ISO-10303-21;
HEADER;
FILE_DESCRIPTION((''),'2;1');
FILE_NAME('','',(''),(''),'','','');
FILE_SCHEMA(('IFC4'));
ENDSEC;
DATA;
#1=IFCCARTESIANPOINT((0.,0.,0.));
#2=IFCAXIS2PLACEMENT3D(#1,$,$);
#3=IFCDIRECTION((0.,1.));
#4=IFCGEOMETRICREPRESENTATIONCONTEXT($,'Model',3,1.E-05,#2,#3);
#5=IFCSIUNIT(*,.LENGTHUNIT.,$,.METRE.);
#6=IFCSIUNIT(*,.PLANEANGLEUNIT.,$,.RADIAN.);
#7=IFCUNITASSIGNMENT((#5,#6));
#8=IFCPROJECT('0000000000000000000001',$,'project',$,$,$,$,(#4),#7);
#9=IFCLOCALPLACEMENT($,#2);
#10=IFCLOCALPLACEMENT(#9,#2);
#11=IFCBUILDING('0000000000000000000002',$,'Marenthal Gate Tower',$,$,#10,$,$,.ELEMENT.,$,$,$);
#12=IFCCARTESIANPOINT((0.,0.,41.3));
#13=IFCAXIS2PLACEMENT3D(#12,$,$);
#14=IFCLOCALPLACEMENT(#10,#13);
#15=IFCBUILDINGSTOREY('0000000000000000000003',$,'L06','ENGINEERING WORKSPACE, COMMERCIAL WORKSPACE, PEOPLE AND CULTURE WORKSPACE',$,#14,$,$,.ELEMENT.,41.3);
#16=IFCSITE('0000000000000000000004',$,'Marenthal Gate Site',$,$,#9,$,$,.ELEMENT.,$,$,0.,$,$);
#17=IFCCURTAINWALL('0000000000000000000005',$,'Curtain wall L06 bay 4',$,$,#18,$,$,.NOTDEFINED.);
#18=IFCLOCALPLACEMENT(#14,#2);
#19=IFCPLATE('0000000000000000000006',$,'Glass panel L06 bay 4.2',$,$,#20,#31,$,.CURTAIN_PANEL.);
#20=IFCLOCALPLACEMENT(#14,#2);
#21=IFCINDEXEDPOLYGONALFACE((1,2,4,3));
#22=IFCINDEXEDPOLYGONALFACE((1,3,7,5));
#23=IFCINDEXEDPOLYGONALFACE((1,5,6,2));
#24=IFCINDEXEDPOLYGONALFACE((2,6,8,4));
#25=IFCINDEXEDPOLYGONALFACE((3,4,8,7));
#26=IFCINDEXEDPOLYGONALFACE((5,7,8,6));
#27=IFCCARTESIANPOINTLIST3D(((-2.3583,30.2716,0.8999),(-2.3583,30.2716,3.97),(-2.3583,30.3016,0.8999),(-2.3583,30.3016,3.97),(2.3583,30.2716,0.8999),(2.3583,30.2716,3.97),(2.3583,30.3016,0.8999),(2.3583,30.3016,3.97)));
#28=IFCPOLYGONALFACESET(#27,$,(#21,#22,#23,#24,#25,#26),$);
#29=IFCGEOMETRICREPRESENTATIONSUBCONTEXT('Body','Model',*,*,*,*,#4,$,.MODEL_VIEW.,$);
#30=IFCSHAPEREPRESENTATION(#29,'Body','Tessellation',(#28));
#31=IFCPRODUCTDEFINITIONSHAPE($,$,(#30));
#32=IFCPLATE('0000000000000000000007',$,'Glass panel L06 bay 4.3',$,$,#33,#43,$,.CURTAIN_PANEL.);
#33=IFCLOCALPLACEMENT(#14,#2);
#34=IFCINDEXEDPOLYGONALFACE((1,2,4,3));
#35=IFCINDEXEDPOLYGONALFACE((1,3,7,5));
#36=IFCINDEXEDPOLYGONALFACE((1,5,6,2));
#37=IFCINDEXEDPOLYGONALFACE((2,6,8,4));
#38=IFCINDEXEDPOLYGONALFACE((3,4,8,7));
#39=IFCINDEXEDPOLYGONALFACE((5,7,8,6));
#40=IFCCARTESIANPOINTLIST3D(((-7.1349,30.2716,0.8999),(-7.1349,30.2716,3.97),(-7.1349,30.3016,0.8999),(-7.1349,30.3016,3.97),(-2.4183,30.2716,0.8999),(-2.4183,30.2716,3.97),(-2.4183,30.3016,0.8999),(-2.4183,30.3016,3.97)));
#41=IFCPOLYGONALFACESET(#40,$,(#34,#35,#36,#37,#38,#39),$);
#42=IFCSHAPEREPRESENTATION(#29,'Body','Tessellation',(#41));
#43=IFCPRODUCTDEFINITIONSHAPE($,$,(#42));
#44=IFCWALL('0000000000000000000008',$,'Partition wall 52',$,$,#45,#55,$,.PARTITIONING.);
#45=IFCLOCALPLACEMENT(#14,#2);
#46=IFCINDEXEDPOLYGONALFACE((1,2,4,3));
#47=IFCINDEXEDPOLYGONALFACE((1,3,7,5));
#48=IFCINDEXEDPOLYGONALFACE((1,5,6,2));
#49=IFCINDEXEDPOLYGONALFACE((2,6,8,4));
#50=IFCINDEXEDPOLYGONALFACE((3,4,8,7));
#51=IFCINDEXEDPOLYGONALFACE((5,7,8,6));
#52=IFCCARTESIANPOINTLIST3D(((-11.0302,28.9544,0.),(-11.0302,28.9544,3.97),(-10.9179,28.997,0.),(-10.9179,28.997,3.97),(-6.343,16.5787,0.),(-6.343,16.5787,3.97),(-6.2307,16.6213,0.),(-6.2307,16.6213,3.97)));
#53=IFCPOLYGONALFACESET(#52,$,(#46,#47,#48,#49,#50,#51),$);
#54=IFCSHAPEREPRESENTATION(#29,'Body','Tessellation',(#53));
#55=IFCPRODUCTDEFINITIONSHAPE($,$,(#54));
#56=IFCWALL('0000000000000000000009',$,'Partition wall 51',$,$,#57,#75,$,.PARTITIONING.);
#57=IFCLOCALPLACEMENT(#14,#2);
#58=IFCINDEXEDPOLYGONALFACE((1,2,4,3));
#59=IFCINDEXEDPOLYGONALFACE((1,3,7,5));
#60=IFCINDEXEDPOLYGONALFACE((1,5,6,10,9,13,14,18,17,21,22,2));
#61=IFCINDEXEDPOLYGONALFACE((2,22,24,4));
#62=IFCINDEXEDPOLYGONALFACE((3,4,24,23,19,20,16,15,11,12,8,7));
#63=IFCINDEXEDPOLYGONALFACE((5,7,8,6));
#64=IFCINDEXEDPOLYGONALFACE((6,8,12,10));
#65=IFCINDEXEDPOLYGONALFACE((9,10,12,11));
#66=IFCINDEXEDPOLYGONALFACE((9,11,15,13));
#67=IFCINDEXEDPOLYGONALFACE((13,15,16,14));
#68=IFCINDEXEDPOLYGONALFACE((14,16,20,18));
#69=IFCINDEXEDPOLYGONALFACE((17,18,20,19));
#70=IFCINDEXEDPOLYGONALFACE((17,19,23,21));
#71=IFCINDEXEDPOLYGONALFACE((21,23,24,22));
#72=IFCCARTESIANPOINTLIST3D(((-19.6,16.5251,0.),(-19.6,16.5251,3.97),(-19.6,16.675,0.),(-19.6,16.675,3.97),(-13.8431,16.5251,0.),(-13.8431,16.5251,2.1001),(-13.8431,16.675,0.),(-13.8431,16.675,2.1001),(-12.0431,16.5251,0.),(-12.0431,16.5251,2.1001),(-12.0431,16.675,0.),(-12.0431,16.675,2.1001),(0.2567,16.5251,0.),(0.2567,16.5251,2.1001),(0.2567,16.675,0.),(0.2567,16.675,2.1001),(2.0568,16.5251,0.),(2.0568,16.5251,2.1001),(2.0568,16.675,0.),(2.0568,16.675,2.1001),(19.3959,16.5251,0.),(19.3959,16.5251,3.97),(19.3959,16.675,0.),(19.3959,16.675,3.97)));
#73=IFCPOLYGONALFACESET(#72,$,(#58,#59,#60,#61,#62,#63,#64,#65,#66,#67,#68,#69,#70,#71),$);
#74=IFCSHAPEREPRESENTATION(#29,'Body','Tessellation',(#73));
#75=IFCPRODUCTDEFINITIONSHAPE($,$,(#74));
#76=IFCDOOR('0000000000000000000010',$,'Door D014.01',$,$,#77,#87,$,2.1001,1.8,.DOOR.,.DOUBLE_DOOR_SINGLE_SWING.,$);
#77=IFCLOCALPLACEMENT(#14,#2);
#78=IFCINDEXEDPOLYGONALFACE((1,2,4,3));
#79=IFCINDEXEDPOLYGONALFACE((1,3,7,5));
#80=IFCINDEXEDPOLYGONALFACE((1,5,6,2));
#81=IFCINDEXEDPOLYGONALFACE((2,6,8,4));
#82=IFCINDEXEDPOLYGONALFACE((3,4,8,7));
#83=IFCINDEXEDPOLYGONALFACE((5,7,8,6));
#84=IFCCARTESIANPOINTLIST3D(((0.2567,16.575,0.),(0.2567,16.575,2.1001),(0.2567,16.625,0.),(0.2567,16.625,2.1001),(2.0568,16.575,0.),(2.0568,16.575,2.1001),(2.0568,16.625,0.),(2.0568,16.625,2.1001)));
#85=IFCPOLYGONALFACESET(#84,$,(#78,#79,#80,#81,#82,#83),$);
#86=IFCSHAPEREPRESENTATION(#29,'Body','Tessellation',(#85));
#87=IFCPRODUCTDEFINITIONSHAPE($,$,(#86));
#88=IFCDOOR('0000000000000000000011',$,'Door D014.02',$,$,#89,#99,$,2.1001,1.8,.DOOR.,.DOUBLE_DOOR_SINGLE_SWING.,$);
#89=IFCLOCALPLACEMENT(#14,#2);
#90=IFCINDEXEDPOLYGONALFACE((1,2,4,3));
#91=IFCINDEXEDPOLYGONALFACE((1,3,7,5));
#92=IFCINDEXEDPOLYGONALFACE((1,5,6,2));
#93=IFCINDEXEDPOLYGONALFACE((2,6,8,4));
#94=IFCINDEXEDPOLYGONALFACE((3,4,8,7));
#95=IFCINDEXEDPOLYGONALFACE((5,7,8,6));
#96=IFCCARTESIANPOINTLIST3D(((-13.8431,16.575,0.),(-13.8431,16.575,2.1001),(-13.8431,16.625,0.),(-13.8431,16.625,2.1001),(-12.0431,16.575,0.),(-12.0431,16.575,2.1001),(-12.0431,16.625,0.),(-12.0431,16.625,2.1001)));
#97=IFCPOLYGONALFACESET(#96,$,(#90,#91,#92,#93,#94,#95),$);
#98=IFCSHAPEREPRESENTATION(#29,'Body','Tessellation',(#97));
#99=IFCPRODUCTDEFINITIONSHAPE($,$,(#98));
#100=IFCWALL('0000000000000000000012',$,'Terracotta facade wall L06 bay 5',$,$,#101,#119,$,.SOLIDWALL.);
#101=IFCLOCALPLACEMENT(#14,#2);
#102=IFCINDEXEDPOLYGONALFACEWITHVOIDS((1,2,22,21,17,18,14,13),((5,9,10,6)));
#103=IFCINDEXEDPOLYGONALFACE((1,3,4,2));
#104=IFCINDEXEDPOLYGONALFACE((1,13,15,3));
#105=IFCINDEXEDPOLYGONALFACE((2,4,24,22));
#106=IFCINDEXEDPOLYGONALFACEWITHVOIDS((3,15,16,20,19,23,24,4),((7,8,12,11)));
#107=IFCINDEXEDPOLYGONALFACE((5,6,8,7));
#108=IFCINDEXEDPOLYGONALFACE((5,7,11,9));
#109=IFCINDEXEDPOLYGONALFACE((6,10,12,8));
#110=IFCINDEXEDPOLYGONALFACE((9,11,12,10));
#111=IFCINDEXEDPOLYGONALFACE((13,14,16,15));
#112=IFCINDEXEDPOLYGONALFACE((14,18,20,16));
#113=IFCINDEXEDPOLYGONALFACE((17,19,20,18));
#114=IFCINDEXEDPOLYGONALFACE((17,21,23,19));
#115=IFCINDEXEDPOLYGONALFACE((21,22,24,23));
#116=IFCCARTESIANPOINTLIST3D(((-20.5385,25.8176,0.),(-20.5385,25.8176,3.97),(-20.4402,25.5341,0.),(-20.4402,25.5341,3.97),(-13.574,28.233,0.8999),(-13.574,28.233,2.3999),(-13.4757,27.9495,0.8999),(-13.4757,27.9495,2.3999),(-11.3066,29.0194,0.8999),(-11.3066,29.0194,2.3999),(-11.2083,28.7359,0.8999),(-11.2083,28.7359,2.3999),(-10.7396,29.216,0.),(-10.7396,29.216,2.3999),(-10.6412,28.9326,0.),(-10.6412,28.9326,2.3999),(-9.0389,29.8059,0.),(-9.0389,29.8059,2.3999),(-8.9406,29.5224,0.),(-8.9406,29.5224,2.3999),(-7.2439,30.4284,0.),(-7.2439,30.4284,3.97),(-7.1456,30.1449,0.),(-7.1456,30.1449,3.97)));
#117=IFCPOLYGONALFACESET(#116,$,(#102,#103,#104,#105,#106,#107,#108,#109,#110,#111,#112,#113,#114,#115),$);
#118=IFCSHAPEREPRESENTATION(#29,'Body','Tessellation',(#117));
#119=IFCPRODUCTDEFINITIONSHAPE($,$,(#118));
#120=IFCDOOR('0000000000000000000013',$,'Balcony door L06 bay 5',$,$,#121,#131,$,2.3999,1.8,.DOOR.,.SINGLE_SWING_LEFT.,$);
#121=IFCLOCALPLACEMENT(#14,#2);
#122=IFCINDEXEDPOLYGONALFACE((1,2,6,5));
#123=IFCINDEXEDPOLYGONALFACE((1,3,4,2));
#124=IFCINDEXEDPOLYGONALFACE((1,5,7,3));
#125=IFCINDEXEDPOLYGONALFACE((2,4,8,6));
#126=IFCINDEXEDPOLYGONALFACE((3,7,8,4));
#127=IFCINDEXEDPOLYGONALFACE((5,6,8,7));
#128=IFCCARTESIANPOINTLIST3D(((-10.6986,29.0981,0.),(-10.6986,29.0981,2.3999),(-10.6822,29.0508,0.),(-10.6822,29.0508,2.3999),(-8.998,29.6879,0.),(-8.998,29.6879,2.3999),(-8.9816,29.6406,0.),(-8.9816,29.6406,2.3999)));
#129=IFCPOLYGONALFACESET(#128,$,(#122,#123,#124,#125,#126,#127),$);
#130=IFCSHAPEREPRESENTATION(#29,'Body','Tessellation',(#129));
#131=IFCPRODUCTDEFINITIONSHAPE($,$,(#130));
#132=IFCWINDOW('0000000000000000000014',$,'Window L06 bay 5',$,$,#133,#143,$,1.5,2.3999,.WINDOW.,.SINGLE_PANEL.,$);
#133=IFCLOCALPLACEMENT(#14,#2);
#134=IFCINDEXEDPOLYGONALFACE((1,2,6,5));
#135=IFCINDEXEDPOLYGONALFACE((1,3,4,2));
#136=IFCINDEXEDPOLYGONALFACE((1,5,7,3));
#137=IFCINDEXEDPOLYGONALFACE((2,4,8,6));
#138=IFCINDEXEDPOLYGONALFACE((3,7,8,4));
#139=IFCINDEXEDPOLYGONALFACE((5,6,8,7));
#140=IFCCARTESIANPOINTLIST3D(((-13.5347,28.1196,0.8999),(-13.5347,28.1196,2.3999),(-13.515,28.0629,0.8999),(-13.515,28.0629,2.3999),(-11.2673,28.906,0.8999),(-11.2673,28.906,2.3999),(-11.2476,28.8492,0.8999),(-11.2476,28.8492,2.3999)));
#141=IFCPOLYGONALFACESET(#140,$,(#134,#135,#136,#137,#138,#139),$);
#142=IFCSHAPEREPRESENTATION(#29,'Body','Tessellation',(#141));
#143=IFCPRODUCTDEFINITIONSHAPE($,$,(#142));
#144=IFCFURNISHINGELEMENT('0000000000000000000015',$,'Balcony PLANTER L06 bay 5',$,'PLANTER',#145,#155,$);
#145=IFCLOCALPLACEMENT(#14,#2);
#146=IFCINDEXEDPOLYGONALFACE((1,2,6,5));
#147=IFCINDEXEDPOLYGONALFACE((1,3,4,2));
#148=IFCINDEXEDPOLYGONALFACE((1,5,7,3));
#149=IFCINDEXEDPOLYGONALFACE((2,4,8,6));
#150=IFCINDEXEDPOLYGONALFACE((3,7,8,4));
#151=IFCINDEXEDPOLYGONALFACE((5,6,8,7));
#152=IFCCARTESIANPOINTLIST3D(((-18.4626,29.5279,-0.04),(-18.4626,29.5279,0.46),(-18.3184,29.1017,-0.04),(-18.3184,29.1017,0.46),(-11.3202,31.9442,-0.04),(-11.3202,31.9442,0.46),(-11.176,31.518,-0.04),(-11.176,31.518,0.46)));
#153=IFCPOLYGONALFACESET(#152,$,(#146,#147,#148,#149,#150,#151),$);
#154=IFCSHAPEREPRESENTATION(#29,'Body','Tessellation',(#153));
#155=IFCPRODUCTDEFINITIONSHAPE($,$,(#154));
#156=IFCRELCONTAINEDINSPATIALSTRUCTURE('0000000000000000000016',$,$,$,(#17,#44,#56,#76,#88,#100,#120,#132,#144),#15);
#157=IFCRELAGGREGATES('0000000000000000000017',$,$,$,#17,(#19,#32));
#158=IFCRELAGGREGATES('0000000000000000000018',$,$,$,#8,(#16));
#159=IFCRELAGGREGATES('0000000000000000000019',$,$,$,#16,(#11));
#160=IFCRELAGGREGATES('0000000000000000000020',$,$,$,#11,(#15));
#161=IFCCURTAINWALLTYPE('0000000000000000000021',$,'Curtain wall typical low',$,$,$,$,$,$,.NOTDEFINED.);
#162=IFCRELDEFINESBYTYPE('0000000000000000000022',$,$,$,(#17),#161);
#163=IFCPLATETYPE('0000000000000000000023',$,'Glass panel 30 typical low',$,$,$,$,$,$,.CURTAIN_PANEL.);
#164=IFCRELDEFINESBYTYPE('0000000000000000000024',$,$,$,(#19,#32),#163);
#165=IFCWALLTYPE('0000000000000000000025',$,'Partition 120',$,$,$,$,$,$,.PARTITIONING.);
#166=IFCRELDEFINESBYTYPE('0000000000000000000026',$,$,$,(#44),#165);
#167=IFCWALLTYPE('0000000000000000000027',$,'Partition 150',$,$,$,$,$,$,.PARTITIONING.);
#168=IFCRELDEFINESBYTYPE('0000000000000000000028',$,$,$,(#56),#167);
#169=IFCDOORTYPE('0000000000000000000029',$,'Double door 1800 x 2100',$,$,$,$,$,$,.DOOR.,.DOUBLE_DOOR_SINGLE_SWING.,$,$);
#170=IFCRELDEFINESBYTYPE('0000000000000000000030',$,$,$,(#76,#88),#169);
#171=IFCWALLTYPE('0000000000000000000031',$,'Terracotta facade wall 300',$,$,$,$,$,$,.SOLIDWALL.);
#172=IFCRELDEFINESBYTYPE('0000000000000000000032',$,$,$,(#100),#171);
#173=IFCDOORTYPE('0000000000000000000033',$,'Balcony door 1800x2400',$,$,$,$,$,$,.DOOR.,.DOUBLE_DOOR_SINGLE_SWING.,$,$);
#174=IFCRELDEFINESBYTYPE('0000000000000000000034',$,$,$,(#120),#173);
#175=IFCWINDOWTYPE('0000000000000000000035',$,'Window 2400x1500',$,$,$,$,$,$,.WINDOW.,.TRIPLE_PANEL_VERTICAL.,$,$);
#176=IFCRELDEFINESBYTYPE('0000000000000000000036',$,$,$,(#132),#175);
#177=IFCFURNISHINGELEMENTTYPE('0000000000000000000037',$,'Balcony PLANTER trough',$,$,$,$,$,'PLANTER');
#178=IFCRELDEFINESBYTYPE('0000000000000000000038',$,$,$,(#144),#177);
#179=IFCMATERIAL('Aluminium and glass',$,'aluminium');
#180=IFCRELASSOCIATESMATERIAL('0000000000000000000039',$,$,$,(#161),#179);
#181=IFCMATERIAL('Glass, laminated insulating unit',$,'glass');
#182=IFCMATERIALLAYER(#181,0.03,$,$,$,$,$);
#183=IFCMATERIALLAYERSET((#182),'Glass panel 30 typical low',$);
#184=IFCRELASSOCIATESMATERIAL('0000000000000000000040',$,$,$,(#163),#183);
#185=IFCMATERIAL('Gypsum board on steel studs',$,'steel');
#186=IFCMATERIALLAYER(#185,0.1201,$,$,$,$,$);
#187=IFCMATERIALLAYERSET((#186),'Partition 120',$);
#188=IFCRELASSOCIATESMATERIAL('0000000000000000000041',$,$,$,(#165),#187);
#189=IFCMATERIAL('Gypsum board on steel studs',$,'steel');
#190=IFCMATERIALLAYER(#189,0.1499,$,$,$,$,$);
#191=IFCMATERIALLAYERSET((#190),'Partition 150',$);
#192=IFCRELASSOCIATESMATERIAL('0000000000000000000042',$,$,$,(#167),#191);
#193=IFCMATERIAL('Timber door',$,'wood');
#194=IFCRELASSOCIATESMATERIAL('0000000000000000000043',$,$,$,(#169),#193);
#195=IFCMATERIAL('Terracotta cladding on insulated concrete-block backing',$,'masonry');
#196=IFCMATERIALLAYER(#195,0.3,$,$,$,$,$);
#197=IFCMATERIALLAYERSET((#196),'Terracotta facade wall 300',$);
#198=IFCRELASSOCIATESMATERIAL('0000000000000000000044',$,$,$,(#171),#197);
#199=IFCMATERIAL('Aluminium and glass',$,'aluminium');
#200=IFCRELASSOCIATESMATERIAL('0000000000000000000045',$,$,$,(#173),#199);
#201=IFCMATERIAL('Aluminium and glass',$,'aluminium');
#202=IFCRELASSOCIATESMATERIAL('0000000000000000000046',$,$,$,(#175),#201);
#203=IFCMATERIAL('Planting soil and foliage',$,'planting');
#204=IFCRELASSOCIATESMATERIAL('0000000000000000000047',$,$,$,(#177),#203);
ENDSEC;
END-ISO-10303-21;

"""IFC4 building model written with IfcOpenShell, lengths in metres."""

from ifc_helpers import new_model, si_unit, direction, frame, frame_2d, origin, origin_2d, place, context, subcontext, project, spatial, rectangle, extrude, material, layer, layer_set, type_object, element, fill, aggregate, save


model = new_model("IFC4")

# Units and contexts
model_context = context("Model", 3, precision=1e-05, world=origin(), true_north=direction((0.0, 1.0)))
body_context = subcontext(model_context, "Body", "Model", "MODEL_VIEW")
ifc_project = project(units=[si_unit("LENGTHUNIT", "METRE"), si_unit("PLANEANGLEUNIT", "RADIAN")], contexts=[model_context])

# Site, building, storey
site_placement = place(None, origin())
site = spatial("IfcSite", under=ifc_project, at=site_placement, Name="Marenthal Gate Site", CompositionType="ELEMENT", RefElevation=0.0)
building_placement = place(site_placement, origin())
building = spatial("IfcBuilding", under=site, at=building_placement, Name="Marenthal Gate Tower", CompositionType="ELEMENT")
storey_placement = place(building_placement, frame((0.0, 0.0, 41.3)))
storey = spatial("IfcBuildingStorey", under=building, at=storey_placement, Name="L06", Description="ENGINEERING WORKSPACE, COMMERCIAL WORKSPACE, PEOPLE AND CULTURE WORKSPACE", CompositionType="ELEMENT", Elevation=41.3)

# Curtain wall
ifc_material_1 = material(Name="Aluminium and glass", Category="aluminium")
curtain_wall_type = type_object("IfcCurtainWallType", Name="Curtain wall typical low", PredefinedType="NOTDEFINED", material=ifc_material_1)
curtain_wall_placement = place(storey_placement, origin())
curtain_wall = element("IfcCurtainWall", 1, at=curtain_wall_placement, inside=storey, type_object=curtain_wall_type, Name="Curtain wall L06 bay 4", PredefinedType="NOTDEFINED")

# Plates
ifc_material_2 = material(Name="Glass, laminated insulating unit", Category="glass")
ifc_layer_1 = layer(ifc_material_2, 0.03)
ifc_layer_set_1 = layer_set([ifc_layer_1], Name="Glass panel 30 typical low")
plate_type = type_object("IfcPlateType", Name="Glass panel 30 typical low", PredefinedType="CURTAIN_PANEL", material=ifc_layer_set_1)
plate_1_placement = place(storey_placement, frame((0.0, 30.2866, 0.8999), z_axis=(0.0, 0.0, 1.0), x_axis=(-1.0, 0.0, 0.0)))
plate_1 = element("IfcPlate", 2, at=plate_1_placement, type_object=plate_type, Name="Glass panel L06 bay 4.2", PredefinedType="CURTAIN_PANEL", context=body_context, shape_type="SweptSolid", body=[
    extrude(rectangle(XDim=4.7166, YDim=0.03, at=origin_2d()), origin(), (0.0, 0.0, 1.0), 3.0701),
])
plate_2_placement = place(storey_placement, frame((-4.7766, 30.2866, 0.8999), z_axis=(0.0, 0.0, 1.0), x_axis=(-1.0, 0.0, 0.0)))
plate_2 = element("IfcPlate", 3, at=plate_2_placement, type_object=plate_type, Name="Glass panel L06 bay 4.3", PredefinedType="CURTAIN_PANEL", context=body_context, shape_type="SweptSolid", body=[
    extrude(rectangle(XDim=4.7166, YDim=0.03, at=origin_2d()), origin(), (0.0, 0.0, 1.0), 3.0701),
])
aggregate(curtain_wall, [plate_1, plate_2])

# Wall
ifc_material_3 = material(Name="Gypsum board on steel studs", Category="steel")
ifc_layer_2 = layer(ifc_material_3, 0.1201)
ifc_layer_set_2 = layer_set([ifc_layer_2], Name="Partition 120")
wall_type_1 = type_object("IfcWallType", Name="Partition 120", PredefinedType="PARTITIONING", material=ifc_layer_set_2)
wall_1_placement = place(storey_placement, frame((-6.2869, 16.6001, 0.0), z_axis=(0.0, 0.0, 1.0), x_axis=(-0.354193, 0.935173, 0.0)))
element("IfcWall", 4, at=wall_1_placement, inside=storey, type_object=wall_type_1, Name="Partition wall 52", PredefinedType="PARTITIONING", context=body_context, shape_type="SweptSolid", body=[
    extrude(rectangle(XDim=13.2336, YDim=0.1201, at=frame_2d((6.6167, 0.0))), origin(), (0.0, 0.0, 1.0), 3.97),
])

# Wall, openings, doors
ifc_material_4 = material(Name="Gypsum board on steel studs", Category="steel")
ifc_layer_3 = layer(ifc_material_4, 0.1499)
ifc_layer_set_3 = layer_set([ifc_layer_3], Name="Partition 150")
wall_type_2 = type_object("IfcWallType", Name="Partition 150", PredefinedType="PARTITIONING", material=ifc_layer_set_3)
wall_2_placement = place(storey_placement, frame((-19.6001, 16.6001, 0.0), z_axis=(0.0, 0.0, 1.0), x_axis=(1.0, 0.0, 0.0)))
wall_2 = element("IfcWall", 5, at=wall_2_placement, inside=storey, type_object=wall_type_2, Name="Partition wall 51", PredefinedType="PARTITIONING", context=body_context, shape_type="SweptSolid", body=[
    extrude(rectangle(XDim=38.9958, YDim=0.1499, at=frame_2d((19.498, 0.0))), origin(), (0.0, 0.0, 1.0), 3.97),
])
opening_1_placement = place(wall_2_placement, frame((19.8569, 0.0, 0.0)))
opening_1 = element("IfcOpeningElement", 6, at=opening_1_placement, cuts=wall_2, PredefinedType="OPENING", context=body_context, shape_type="SweptSolid", body=[
    extrude(rectangle(XDim=1.8, YDim=2.1001, at=frame_2d((0.8999, 1.05))), frame((0.0, 0.085, 0.0), z_axis=(0.0, -1.0, 0.0), x_axis=(1.0, 0.0, 0.0)), (0.0, 0.0, 1.0), 0.1699),
])
opening_2_placement = place(wall_2_placement, frame((5.7571, 0.0, 0.0)))
opening_2 = element("IfcOpeningElement", 7, at=opening_2_placement, cuts=wall_2, PredefinedType="OPENING", context=body_context, shape_type="SweptSolid", body=[
    extrude(rectangle(XDim=1.8, YDim=2.1001, at=frame_2d((0.8999, 1.05))), frame((0.0, 0.085, 0.0), z_axis=(0.0, -1.0, 0.0), x_axis=(1.0, 0.0, 0.0)), (0.0, 0.0, 1.0), 0.1699),
])
ifc_material_5 = material(Name="Timber door", Category="wood")
door_type_1 = type_object("IfcDoorType", Name="Double door 1800 x 2100", OperationType="DOUBLE_DOOR_SINGLE_SWING", PredefinedType="DOOR", material=ifc_material_5)
door_1_placement = place(opening_1_placement, origin())
door_1 = element("IfcDoor", 8, at=door_1_placement, inside=storey, type_object=door_type_1, Name="Door D014.01", OperationType="DOUBLE_DOOR_SINGLE_SWING", OverallHeight=2.1001, OverallWidth=1.8, PredefinedType="DOOR", context=body_context, shape_type="SweptSolid", body=[
    extrude(rectangle(XDim=1.8, YDim=2.1001, at=frame_2d((0.8999, 1.05))), frame((0.0, 0.0249, 0.0), z_axis=(0.0, -1.0, 0.0), x_axis=(1.0, 0.0, 0.0)), (0.0, 0.0, 1.0), 0.05),
])
fill(opening_1, door_1)
door_2_placement = place(opening_2_placement, origin())
door_2 = element("IfcDoor", 9, at=door_2_placement, inside=storey, type_object=door_type_1, Name="Door D014.02", OperationType="DOUBLE_DOOR_SINGLE_SWING", OverallHeight=2.1001, OverallWidth=1.8, PredefinedType="DOOR", context=body_context, shape_type="SweptSolid", body=[
    extrude(rectangle(XDim=1.8, YDim=2.1001, at=frame_2d((0.8999, 1.05))), frame((0.0, 0.0249, 0.0), z_axis=(0.0, -1.0, 0.0), x_axis=(1.0, 0.0, 0.0)), (0.0, 0.0, 1.0), 0.05),
])
fill(opening_2, door_2)

# Wall, openings, door, window
ifc_material_6 = material(Name="Terracotta cladding on insulated concrete-block backing", Category="masonry")
ifc_layer_4 = layer(ifc_material_6, 0.3)
ifc_layer_set_4 = layer_set([ifc_layer_4], Name="Terracotta facade wall 300")
wall_type_3 = type_object("IfcWallType", Name="Terracotta facade wall 300", PredefinedType="SOLIDWALL", material=ifc_layer_set_4)
wall_3_placement = place(storey_placement, frame((-7.1948, 30.2866, 0.0), z_axis=(0.0, 0.0, 1.0), x_axis=(-0.944792, -0.327671, 0.0)))
wall_3 = element("IfcWall", 10, at=wall_3_placement, inside=storey, type_object=wall_type_3, Name="Terracotta facade wall L06 bay 5", PredefinedType="SOLIDWALL", context=body_context, shape_type="SweptSolid", body=[
    extrude(rectangle(XDim=14.0715, YDim=0.3, at=frame_2d((7.0356, 0.0))), origin(), (0.0, 0.0, 1.0), 3.97),
])
opening_3_placement = place(wall_3_placement, frame((1.8999, 0.0, 0.0)))
opening_3 = element("IfcOpeningElement", 11, at=opening_3_placement, cuts=wall_3, PredefinedType="OPENING", context=body_context, shape_type="SweptSolid", body=[
    extrude(rectangle(XDim=1.8, YDim=2.3999, at=frame_2d((0.8999, 1.2))), frame((0.0, 0.1602, 0.0), z_axis=(0.0, -1.0, 0.0), x_axis=(1.0, 0.0, 0.0)), (0.0, 0.0, 1.0), 0.3201),
])
opening_4_placement = place(wall_3_placement, frame((4.3, 0.0, 0.8999)))
opening_4 = element("IfcOpeningElement", 12, at=opening_4_placement, cuts=wall_3, PredefinedType="OPENING", context=body_context, shape_type="SweptSolid", body=[
    extrude(rectangle(XDim=2.3999, YDim=1.5, at=frame_2d((1.2, 0.75))), frame((0.0, 0.1602, 0.0), z_axis=(0.0, -1.0, 0.0), x_axis=(1.0, 0.0, 0.0)), (0.0, 0.0, 1.0), 0.3201),
])
ifc_material_7 = material(Name="Aluminium and glass", Category="aluminium")
door_type_2 = type_object("IfcDoorType", Name="Balcony door 1800x2400", OperationType="DOUBLE_DOOR_SINGLE_SWING", PredefinedType="DOOR", material=ifc_material_7)
door_3_placement = place(opening_3_placement, origin())
door_3 = element("IfcDoor", 13, at=door_3_placement, inside=storey, type_object=door_type_2, Name="Balcony door L06 bay 5", OperationType="SINGLE_SWING_LEFT", OverallHeight=2.3999, OverallWidth=1.8, PredefinedType="DOOR", context=body_context, shape_type="SweptSolid", body=[
    extrude(rectangle(XDim=1.8, YDim=2.3999, at=frame_2d((0.8999, 1.2))), frame((0.0, 0.0249, 0.0), z_axis=(0.0, -1.0, 0.0), x_axis=(1.0, 0.0, 0.0)), (0.0, 0.0, 1.0), 0.05),
])
fill(opening_3, door_3)
ifc_material_8 = material(Name="Aluminium and glass", Category="aluminium")
window_type = type_object("IfcWindowType", Name="Window 2400x1500", PartitioningType="TRIPLE_PANEL_VERTICAL", PredefinedType="WINDOW", material=ifc_material_8)
window_placement = place(opening_4_placement, origin())
window = element("IfcWindow", 14, at=window_placement, inside=storey, type_object=window_type, Name="Window L06 bay 5", OverallHeight=1.5, OverallWidth=2.3999, PartitioningType="SINGLE_PANEL", PredefinedType="WINDOW", context=body_context, shape_type="SweptSolid", body=[
    extrude(rectangle(XDim=2.3999, YDim=1.5, at=frame_2d((1.2, 0.75))), frame((0.0, 0.03, 0.0), z_axis=(0.0, -1.0, 0.0), x_axis=(1.0, 0.0, 0.0)), (0.0, 0.0, 1.0), 0.0601),
])
fill(opening_4, window)

# Furnishing element
ifc_material_9 = material(Name="Planting soil and foliage", Category="planting")
furnishing_element_type = type_object("IfcFurnishingElementType", Name="Balcony PLANTER trough", ElementType="PLANTER", material=ifc_material_9)
furnishing_placement = place(storey_placement, frame((-14.8193, 30.5229, -0.04), z_axis=(0.0, 0.0, 1.0), x_axis=(-0.947263, -0.320458, 0.0)))
element("IfcFurnishingElement", 15, at=furnishing_placement, inside=storey, type_object=furnishing_element_type, Name="Balcony PLANTER L06 bay 5", ObjectType="PLANTER", context=body_context, shape_type="SweptSolid", body=[
    extrude(rectangle(XDim=7.54, YDim=0.45, at=origin_2d()), origin(), (0.0, 0.0, 1.0), 0.5),
])

save(model, "model.ifc")
